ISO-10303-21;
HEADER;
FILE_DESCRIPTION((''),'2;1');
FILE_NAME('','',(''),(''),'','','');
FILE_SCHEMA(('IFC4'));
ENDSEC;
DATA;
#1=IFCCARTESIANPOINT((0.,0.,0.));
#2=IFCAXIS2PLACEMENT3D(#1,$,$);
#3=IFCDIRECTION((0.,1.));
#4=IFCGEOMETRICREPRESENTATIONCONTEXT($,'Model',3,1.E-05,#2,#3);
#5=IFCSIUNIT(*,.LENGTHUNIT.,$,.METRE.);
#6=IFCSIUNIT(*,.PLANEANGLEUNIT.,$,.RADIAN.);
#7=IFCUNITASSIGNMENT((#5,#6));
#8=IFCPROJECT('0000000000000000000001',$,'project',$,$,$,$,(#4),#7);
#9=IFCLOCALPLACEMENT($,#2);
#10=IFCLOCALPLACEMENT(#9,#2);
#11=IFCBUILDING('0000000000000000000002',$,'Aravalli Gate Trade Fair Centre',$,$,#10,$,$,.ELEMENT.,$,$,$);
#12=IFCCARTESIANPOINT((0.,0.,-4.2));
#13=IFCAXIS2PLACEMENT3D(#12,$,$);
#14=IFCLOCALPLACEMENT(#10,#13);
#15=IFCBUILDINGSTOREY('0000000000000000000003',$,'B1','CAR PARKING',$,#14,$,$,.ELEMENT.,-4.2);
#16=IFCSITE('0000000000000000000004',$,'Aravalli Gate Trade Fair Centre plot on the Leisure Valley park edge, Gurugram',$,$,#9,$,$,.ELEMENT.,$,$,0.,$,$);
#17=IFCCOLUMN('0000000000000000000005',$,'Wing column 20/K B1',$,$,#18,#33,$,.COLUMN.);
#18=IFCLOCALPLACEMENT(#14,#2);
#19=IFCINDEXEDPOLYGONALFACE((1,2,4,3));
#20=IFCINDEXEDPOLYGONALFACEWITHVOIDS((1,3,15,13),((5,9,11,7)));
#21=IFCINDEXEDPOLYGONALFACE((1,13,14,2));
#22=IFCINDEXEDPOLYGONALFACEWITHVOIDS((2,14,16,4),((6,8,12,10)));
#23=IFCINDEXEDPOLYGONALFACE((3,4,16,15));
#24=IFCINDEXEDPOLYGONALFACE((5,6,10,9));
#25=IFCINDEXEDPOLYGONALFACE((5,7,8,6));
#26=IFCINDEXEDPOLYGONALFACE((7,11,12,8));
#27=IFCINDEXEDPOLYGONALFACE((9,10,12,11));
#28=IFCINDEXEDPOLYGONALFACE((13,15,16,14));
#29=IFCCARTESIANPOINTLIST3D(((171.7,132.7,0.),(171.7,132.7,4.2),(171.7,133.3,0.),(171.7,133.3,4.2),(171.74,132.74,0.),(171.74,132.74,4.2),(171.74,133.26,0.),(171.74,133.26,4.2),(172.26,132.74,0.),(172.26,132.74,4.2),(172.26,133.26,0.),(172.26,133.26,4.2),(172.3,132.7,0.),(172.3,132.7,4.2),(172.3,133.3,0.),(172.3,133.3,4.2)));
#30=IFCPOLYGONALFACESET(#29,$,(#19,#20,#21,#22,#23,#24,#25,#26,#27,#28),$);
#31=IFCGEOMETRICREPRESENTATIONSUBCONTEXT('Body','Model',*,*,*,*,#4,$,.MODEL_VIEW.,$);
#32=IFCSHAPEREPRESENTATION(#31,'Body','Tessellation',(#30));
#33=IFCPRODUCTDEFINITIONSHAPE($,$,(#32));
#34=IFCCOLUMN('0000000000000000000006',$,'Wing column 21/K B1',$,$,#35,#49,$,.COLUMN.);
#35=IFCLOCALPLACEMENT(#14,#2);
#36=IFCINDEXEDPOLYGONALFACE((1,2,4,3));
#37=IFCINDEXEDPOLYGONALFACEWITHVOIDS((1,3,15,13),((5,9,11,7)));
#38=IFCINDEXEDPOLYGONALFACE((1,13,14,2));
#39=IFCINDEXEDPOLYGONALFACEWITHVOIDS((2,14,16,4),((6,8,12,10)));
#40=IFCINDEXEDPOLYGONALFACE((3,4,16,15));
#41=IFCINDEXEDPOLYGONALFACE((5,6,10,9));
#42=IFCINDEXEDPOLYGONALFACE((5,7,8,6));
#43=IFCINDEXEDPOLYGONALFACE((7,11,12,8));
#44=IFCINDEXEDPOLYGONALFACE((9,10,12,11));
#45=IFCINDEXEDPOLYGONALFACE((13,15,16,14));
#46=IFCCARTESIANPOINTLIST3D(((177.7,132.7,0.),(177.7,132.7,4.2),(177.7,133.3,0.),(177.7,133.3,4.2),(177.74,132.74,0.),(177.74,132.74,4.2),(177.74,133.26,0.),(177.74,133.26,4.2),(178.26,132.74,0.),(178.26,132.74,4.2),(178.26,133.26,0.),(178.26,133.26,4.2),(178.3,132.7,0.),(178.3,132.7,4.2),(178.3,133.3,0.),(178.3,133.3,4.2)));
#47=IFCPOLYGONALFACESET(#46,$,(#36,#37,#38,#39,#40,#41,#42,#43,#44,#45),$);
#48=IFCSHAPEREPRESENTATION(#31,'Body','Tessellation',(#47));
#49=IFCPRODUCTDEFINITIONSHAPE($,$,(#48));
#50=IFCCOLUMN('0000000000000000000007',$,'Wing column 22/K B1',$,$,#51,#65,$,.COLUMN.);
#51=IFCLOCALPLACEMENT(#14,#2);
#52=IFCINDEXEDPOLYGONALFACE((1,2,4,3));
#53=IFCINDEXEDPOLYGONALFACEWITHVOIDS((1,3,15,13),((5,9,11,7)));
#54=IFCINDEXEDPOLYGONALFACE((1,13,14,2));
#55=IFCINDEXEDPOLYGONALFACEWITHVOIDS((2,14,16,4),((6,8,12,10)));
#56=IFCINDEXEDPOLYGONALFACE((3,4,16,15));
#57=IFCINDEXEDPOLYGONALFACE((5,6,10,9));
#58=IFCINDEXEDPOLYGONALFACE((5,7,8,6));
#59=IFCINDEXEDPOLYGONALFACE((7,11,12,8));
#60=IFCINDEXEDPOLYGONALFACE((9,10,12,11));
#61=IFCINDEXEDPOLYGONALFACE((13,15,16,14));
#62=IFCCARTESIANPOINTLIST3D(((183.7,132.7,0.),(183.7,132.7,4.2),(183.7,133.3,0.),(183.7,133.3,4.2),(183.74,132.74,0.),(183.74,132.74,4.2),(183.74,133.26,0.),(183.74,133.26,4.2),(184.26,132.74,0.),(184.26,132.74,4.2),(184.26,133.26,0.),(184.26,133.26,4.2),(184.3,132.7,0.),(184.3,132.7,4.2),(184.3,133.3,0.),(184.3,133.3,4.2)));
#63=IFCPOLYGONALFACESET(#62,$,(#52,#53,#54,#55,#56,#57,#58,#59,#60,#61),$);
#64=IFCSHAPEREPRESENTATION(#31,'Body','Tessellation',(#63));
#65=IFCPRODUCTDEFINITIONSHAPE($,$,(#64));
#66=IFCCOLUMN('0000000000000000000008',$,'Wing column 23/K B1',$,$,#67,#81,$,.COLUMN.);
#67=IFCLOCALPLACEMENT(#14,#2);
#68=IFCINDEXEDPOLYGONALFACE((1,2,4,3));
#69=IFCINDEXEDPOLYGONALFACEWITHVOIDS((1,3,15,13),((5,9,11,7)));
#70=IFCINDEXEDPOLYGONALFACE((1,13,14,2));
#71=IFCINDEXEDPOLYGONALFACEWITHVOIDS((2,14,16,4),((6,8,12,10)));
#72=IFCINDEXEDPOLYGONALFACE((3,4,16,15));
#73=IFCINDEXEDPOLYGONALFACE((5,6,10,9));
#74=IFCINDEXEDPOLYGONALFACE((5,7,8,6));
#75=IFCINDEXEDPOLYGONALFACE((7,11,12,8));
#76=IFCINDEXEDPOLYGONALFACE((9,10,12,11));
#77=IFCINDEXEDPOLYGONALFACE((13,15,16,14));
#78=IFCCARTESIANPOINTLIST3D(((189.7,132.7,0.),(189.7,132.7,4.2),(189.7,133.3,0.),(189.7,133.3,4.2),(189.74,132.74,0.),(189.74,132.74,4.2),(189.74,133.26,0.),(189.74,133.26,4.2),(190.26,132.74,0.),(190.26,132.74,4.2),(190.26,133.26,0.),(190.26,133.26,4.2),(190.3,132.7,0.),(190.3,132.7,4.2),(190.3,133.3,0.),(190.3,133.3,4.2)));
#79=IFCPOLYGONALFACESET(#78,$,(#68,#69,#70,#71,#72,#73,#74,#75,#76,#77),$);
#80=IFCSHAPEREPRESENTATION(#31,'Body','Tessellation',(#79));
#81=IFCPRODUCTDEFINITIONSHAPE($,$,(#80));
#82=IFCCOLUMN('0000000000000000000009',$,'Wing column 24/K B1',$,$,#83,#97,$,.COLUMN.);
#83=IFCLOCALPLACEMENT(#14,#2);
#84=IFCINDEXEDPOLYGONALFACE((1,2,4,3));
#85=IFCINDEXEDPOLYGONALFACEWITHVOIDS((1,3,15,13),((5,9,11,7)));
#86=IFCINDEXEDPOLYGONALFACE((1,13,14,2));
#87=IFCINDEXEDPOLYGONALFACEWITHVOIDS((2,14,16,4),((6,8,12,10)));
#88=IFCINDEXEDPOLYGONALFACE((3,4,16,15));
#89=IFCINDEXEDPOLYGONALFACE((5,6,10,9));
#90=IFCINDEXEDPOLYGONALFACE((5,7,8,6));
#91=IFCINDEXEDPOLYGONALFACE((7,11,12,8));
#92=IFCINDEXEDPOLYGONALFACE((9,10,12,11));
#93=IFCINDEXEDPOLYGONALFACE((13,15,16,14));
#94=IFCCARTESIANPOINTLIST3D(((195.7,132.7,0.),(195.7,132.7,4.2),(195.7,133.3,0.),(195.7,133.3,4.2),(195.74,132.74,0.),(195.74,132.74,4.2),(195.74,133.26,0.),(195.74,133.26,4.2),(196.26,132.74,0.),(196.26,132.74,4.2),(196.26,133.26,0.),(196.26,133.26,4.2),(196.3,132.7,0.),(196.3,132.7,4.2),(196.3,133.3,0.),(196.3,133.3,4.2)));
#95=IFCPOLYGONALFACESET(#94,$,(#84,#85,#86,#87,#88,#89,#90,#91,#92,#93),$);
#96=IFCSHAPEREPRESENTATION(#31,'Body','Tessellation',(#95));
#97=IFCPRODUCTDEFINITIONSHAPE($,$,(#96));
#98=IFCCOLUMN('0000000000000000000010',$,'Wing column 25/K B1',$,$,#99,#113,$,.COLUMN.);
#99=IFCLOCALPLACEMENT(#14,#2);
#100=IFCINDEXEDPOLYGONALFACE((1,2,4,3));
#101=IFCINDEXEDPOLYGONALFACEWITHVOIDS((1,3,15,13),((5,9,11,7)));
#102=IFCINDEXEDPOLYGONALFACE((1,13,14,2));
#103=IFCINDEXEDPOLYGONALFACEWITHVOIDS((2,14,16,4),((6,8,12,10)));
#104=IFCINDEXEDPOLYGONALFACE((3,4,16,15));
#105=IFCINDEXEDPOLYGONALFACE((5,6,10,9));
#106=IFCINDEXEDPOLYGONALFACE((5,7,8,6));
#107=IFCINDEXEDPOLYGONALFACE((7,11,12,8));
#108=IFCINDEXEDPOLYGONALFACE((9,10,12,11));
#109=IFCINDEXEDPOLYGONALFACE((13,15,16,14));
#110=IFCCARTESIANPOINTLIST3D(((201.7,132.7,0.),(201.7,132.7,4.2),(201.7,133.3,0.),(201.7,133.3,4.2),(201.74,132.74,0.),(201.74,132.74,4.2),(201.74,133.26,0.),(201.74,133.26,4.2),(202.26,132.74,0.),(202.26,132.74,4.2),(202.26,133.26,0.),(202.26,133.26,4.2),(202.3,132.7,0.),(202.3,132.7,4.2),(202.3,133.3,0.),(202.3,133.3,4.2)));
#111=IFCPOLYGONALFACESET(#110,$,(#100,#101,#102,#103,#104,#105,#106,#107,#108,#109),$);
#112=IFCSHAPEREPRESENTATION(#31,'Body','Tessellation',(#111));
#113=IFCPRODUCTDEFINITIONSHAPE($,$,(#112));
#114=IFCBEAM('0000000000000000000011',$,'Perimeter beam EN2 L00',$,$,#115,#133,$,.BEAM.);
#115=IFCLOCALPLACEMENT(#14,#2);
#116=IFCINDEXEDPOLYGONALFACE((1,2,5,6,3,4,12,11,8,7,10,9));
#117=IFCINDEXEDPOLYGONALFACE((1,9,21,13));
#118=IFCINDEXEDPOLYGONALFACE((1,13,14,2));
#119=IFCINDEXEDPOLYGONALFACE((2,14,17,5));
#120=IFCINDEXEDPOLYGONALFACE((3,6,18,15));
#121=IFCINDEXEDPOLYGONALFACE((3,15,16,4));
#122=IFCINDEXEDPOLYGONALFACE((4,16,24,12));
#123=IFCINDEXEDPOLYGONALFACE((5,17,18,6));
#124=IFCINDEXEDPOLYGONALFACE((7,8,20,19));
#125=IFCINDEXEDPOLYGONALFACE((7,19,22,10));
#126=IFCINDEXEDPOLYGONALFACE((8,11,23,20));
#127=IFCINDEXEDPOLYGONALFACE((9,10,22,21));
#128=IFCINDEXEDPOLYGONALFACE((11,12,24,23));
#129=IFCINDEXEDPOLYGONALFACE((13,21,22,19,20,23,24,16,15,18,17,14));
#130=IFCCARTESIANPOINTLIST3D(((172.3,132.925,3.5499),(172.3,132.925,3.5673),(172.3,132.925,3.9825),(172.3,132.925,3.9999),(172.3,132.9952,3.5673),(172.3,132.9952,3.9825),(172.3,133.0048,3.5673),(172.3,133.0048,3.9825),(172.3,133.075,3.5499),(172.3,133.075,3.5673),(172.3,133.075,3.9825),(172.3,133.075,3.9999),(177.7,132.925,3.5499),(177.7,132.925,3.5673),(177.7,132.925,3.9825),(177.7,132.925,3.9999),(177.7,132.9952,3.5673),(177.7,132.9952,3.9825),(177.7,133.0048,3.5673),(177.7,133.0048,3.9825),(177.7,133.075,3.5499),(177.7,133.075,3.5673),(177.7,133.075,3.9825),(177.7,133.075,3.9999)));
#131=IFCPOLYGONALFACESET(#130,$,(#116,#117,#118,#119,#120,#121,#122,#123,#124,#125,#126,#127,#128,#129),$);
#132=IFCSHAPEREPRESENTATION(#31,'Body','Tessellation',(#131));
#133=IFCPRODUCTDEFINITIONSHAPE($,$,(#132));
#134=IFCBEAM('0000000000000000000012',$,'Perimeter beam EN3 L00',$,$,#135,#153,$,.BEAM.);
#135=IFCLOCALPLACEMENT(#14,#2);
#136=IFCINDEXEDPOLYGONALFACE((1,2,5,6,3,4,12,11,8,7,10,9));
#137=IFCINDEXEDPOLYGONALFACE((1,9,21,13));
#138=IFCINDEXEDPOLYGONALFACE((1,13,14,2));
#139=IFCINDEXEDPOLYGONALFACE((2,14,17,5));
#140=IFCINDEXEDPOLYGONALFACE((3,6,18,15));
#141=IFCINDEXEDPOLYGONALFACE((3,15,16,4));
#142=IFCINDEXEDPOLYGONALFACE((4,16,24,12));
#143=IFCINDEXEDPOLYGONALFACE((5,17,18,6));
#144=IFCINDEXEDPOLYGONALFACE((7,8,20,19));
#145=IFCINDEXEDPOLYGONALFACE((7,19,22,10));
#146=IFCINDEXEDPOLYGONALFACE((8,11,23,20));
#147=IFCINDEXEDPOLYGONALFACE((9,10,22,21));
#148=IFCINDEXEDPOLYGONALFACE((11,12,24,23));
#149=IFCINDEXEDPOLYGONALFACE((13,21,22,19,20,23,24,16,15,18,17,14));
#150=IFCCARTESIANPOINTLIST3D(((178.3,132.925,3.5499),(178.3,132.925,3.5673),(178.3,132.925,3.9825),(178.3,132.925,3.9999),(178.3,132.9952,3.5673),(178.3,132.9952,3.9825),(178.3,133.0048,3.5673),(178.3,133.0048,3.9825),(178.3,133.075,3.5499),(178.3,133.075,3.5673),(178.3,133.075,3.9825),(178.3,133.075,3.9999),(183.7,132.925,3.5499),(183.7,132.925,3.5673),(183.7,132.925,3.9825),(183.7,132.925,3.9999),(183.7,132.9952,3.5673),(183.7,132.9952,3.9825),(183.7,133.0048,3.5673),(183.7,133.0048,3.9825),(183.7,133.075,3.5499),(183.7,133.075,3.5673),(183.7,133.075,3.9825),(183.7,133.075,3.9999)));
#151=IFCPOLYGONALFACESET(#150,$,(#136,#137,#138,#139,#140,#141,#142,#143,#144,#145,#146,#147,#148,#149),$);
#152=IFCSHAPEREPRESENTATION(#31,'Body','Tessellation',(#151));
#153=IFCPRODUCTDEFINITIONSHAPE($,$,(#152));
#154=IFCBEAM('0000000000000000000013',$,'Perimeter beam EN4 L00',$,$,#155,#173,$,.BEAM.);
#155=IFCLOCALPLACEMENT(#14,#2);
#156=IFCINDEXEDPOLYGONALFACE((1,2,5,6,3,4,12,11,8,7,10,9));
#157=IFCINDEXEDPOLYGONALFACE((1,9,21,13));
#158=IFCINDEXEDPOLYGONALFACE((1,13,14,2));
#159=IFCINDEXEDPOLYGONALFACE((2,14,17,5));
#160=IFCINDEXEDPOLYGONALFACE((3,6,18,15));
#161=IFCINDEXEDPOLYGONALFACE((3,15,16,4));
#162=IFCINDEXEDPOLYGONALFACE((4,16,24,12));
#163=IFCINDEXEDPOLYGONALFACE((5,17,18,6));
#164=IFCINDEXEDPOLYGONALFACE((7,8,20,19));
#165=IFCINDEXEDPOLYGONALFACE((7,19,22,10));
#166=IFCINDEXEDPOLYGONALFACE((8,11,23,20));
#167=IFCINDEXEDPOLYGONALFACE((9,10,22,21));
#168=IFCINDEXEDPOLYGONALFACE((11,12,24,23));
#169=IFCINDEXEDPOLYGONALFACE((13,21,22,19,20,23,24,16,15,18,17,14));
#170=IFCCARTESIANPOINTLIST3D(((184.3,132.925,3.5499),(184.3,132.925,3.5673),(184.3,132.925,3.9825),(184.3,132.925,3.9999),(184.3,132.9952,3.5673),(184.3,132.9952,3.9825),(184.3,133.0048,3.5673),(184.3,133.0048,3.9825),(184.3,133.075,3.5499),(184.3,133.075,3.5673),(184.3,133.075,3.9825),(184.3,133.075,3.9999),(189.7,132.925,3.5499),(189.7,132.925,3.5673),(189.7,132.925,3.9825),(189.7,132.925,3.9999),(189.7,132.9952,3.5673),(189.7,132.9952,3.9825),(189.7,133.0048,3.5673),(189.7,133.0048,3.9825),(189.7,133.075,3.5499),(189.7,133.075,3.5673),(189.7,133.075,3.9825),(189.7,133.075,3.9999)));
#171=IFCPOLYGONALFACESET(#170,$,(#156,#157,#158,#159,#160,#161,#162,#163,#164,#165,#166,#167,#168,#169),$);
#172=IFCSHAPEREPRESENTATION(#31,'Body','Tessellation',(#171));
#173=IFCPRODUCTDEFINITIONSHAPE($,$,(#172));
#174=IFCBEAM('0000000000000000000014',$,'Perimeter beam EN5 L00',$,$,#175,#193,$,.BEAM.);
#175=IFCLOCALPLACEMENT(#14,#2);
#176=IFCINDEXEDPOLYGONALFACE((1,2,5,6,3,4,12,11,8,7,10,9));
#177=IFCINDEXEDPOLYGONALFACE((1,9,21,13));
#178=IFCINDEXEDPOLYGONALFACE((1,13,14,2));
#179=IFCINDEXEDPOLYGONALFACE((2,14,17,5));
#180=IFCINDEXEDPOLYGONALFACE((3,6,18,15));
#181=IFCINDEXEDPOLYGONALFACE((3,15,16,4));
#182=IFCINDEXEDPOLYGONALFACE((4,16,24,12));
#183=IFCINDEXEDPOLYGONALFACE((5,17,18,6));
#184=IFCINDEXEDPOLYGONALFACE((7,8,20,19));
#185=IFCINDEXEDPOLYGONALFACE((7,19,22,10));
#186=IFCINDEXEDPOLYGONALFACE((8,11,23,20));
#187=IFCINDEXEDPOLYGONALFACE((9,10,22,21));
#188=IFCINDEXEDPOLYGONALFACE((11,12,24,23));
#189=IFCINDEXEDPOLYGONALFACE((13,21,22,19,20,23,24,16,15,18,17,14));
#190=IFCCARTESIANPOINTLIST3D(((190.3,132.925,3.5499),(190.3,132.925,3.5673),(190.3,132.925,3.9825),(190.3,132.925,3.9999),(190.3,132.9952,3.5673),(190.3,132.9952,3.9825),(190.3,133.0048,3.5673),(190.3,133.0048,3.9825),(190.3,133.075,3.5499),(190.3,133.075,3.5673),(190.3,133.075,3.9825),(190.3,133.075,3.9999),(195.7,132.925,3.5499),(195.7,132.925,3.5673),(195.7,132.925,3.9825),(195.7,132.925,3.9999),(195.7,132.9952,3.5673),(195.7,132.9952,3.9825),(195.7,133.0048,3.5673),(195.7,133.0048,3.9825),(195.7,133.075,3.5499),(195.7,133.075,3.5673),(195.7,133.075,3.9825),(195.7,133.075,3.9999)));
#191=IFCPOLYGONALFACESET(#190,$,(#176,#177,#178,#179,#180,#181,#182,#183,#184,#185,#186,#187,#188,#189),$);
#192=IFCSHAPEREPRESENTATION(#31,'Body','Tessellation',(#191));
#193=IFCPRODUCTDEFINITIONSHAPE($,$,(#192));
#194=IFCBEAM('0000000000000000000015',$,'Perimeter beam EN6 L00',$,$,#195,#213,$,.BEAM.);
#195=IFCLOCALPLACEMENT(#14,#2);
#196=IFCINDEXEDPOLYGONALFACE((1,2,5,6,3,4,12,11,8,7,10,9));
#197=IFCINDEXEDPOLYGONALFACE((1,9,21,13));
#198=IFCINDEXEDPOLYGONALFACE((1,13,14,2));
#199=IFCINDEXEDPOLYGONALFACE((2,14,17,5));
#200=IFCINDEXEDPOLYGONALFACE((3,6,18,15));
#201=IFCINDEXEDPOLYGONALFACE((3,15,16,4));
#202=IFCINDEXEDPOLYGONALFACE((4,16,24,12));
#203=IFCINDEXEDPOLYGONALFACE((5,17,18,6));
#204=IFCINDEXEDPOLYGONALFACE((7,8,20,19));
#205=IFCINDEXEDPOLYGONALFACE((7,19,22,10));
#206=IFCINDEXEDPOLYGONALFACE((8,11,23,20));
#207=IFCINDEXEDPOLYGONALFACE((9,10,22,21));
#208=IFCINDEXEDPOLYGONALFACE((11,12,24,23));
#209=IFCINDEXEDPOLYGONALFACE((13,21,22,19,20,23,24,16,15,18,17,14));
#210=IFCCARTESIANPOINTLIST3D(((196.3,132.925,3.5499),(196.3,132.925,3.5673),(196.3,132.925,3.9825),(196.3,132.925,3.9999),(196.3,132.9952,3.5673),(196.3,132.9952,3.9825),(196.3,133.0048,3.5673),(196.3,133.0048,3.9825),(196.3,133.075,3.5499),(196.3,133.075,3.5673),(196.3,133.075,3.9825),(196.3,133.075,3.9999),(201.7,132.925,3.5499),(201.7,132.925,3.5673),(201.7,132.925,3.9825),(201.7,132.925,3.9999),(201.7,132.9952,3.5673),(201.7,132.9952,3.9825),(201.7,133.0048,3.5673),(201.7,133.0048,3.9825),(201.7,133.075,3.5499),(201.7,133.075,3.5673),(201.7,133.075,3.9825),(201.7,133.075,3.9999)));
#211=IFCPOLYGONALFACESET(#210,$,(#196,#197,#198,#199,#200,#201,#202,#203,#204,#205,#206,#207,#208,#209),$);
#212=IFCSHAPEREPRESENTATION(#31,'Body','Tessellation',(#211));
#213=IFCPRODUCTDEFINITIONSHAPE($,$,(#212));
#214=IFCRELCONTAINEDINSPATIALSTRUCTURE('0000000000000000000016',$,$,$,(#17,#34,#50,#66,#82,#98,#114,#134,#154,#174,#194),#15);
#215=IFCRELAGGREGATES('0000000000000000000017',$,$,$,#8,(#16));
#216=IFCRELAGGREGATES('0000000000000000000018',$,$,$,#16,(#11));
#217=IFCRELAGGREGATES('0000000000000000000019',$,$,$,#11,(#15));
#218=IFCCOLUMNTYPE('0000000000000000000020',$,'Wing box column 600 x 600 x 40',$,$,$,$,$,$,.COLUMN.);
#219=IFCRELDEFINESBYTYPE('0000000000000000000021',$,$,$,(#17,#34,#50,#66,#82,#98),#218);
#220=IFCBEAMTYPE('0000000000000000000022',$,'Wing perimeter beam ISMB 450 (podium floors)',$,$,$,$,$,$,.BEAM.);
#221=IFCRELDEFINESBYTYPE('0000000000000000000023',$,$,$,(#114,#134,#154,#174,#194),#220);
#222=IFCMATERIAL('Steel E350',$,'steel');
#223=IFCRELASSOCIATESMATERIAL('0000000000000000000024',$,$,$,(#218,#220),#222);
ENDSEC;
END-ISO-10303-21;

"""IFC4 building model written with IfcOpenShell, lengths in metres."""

from ifc_helpers import new_model, si_unit, direction, frame, origin, origin_2d, place, context, subcontext, project, spatial, hollow_rectangle, i_section, extrude, material, material_profile, profile_set, type_object, element, save


model = new_model("IFC4")

# Units and contexts
model_context = context("Model", 3, precision=1e-05, world=origin(), true_north=direction((0.0, 1.0)))
body_context = subcontext(model_context, "Body", "Model", "MODEL_VIEW")
ifc_project = project(units=[si_unit("LENGTHUNIT", "METRE"), si_unit("PLANEANGLEUNIT", "RADIAN")], contexts=[model_context])

# Site, building, storey
site_placement = place(None, origin())
site = spatial("IfcSite", under=ifc_project, at=site_placement, Name="Aravalli Gate Trade Fair Centre plot on the Leisure Valley park edge, Gurugram", CompositionType="ELEMENT", RefElevation=0.0)
building_placement = place(site_placement, origin())
building = spatial("IfcBuilding", under=site, at=building_placement, Name="Aravalli Gate Trade Fair Centre", CompositionType="ELEMENT")
storey_placement = place(building_placement, frame((0.0, 0.0, -4.2)))
storey = spatial("IfcBuildingStorey", under=building, at=storey_placement, Name="B1", Description="CAR PARKING", CompositionType="ELEMENT", Elevation=-4.2)

# Columns
ifc_material_1 = material(Name="Steel E350", Category="steel")
ifc_material_profile_1 = material_profile(ifc_material_1, hollow_rectangle(XDim=0.6001, YDim=0.6001, WallThickness=0.04, at=origin_2d()), Name="BOX 600x600x40")
ifc_profile_set_1 = profile_set([ifc_material_profile_1], Name="Steel E350")
column_type = type_object("IfcColumnType", Name="Wing box column 600 x 600 x 40", PredefinedType="COLUMN", material=ifc_profile_set_1)
for number, where, z_axis, x_axis, name in (
    (1, (172.0, 133.0, 0.0), (0.0, 0.0, 1.0), (1.0, 0.0, 0.0), "Wing column 20/K B1"),
    (2, (178.0, 133.0, 0.0), (0.0, 0.0, 1.0), (1.0, 0.0, 0.0), "Wing column 21/K B1"),
    (3, (184.0, 133.0, 0.0), (0.0, 0.0, 1.0), (1.0, 0.0, 0.0), "Wing column 22/K B1"),
    (4, (190.0, 133.0, 0.0), (0.0, 0.0, 1.0), (1.0, 0.0, 0.0), "Wing column 23/K B1"),
    (5, (196.0, 133.0, 0.0), (0.0, 0.0, 1.0), (1.0, 0.0, 0.0), "Wing column 24/K B1"),
    (6, (202.0, 133.0, 0.0), (0.0, 0.0, 1.0), (1.0, 0.0, 0.0), "Wing column 25/K B1"),
):
    element("IfcColumn", number, at=place(storey_placement, frame(where, z_axis=z_axis, x_axis=x_axis)), inside=storey, type_object=column_type, Name=name, PredefinedType="COLUMN", context=body_context, shape_type="SweptSolid", body=[
        extrude(hollow_rectangle(XDim=0.6001, YDim=0.6001, WallThickness=0.04, at=origin_2d()), origin(), (0.0, 0.0, 1.0), 4.2),
    ])

# Beams
ifc_material_profile_2 = material_profile(ifc_material_1, i_section(OverallWidth=0.1499, OverallDepth=0.45, WebThickness=0.0095, FlangeThickness=0.0173, at=origin_2d()), Name="ISMB 450")
ifc_profile_set_2 = profile_set([ifc_material_profile_2], Name="Steel E350")
beam_type_1 = type_object("IfcBeamType", Name="Wing perimeter beam ISMB 450 (podium floors)", PredefinedType="BEAM", material=ifc_profile_set_2)
for number, where, z_axis, x_axis, name in (
    (7, (172.3, 133.0, 3.7749), (1.0, 0.0, 0.0), (0.0, 1.0, 0.0), "Perimeter beam EN2 L00"),
    (8, (178.3, 133.0, 3.7749), (1.0, 0.0, 0.0), (0.0, 1.0, 0.0), "Perimeter beam EN3 L00"),
    (9, (184.3, 133.0, 3.7749), (1.0, 0.0, 0.0), (0.0, 1.0, 0.0), "Perimeter beam EN4 L00"),
    (10, (190.3, 133.0, 3.7749), (1.0, 0.0, 0.0), (0.0, 1.0, 0.0), "Perimeter beam EN5 L00"),
    (11, (196.3, 133.0, 3.7749), (1.0, 0.0, 0.0), (0.0, 1.0, 0.0), "Perimeter beam EN6 L00"),
):
    element("IfcBeam", number, at=place(storey_placement, frame(where, z_axis=z_axis, x_axis=x_axis)), inside=storey, type_object=beam_type_1, Name=name, PredefinedType="BEAM", context=body_context, shape_type="SweptSolid", body=[
        extrude(i_section(OverallWidth=0.1499, OverallDepth=0.45, WebThickness=0.0095, FlangeThickness=0.0173, at=origin_2d()), origin(), (0.0, 0.0, 1.0), 5.3999),
    ])

save(model, "model.ifc")
